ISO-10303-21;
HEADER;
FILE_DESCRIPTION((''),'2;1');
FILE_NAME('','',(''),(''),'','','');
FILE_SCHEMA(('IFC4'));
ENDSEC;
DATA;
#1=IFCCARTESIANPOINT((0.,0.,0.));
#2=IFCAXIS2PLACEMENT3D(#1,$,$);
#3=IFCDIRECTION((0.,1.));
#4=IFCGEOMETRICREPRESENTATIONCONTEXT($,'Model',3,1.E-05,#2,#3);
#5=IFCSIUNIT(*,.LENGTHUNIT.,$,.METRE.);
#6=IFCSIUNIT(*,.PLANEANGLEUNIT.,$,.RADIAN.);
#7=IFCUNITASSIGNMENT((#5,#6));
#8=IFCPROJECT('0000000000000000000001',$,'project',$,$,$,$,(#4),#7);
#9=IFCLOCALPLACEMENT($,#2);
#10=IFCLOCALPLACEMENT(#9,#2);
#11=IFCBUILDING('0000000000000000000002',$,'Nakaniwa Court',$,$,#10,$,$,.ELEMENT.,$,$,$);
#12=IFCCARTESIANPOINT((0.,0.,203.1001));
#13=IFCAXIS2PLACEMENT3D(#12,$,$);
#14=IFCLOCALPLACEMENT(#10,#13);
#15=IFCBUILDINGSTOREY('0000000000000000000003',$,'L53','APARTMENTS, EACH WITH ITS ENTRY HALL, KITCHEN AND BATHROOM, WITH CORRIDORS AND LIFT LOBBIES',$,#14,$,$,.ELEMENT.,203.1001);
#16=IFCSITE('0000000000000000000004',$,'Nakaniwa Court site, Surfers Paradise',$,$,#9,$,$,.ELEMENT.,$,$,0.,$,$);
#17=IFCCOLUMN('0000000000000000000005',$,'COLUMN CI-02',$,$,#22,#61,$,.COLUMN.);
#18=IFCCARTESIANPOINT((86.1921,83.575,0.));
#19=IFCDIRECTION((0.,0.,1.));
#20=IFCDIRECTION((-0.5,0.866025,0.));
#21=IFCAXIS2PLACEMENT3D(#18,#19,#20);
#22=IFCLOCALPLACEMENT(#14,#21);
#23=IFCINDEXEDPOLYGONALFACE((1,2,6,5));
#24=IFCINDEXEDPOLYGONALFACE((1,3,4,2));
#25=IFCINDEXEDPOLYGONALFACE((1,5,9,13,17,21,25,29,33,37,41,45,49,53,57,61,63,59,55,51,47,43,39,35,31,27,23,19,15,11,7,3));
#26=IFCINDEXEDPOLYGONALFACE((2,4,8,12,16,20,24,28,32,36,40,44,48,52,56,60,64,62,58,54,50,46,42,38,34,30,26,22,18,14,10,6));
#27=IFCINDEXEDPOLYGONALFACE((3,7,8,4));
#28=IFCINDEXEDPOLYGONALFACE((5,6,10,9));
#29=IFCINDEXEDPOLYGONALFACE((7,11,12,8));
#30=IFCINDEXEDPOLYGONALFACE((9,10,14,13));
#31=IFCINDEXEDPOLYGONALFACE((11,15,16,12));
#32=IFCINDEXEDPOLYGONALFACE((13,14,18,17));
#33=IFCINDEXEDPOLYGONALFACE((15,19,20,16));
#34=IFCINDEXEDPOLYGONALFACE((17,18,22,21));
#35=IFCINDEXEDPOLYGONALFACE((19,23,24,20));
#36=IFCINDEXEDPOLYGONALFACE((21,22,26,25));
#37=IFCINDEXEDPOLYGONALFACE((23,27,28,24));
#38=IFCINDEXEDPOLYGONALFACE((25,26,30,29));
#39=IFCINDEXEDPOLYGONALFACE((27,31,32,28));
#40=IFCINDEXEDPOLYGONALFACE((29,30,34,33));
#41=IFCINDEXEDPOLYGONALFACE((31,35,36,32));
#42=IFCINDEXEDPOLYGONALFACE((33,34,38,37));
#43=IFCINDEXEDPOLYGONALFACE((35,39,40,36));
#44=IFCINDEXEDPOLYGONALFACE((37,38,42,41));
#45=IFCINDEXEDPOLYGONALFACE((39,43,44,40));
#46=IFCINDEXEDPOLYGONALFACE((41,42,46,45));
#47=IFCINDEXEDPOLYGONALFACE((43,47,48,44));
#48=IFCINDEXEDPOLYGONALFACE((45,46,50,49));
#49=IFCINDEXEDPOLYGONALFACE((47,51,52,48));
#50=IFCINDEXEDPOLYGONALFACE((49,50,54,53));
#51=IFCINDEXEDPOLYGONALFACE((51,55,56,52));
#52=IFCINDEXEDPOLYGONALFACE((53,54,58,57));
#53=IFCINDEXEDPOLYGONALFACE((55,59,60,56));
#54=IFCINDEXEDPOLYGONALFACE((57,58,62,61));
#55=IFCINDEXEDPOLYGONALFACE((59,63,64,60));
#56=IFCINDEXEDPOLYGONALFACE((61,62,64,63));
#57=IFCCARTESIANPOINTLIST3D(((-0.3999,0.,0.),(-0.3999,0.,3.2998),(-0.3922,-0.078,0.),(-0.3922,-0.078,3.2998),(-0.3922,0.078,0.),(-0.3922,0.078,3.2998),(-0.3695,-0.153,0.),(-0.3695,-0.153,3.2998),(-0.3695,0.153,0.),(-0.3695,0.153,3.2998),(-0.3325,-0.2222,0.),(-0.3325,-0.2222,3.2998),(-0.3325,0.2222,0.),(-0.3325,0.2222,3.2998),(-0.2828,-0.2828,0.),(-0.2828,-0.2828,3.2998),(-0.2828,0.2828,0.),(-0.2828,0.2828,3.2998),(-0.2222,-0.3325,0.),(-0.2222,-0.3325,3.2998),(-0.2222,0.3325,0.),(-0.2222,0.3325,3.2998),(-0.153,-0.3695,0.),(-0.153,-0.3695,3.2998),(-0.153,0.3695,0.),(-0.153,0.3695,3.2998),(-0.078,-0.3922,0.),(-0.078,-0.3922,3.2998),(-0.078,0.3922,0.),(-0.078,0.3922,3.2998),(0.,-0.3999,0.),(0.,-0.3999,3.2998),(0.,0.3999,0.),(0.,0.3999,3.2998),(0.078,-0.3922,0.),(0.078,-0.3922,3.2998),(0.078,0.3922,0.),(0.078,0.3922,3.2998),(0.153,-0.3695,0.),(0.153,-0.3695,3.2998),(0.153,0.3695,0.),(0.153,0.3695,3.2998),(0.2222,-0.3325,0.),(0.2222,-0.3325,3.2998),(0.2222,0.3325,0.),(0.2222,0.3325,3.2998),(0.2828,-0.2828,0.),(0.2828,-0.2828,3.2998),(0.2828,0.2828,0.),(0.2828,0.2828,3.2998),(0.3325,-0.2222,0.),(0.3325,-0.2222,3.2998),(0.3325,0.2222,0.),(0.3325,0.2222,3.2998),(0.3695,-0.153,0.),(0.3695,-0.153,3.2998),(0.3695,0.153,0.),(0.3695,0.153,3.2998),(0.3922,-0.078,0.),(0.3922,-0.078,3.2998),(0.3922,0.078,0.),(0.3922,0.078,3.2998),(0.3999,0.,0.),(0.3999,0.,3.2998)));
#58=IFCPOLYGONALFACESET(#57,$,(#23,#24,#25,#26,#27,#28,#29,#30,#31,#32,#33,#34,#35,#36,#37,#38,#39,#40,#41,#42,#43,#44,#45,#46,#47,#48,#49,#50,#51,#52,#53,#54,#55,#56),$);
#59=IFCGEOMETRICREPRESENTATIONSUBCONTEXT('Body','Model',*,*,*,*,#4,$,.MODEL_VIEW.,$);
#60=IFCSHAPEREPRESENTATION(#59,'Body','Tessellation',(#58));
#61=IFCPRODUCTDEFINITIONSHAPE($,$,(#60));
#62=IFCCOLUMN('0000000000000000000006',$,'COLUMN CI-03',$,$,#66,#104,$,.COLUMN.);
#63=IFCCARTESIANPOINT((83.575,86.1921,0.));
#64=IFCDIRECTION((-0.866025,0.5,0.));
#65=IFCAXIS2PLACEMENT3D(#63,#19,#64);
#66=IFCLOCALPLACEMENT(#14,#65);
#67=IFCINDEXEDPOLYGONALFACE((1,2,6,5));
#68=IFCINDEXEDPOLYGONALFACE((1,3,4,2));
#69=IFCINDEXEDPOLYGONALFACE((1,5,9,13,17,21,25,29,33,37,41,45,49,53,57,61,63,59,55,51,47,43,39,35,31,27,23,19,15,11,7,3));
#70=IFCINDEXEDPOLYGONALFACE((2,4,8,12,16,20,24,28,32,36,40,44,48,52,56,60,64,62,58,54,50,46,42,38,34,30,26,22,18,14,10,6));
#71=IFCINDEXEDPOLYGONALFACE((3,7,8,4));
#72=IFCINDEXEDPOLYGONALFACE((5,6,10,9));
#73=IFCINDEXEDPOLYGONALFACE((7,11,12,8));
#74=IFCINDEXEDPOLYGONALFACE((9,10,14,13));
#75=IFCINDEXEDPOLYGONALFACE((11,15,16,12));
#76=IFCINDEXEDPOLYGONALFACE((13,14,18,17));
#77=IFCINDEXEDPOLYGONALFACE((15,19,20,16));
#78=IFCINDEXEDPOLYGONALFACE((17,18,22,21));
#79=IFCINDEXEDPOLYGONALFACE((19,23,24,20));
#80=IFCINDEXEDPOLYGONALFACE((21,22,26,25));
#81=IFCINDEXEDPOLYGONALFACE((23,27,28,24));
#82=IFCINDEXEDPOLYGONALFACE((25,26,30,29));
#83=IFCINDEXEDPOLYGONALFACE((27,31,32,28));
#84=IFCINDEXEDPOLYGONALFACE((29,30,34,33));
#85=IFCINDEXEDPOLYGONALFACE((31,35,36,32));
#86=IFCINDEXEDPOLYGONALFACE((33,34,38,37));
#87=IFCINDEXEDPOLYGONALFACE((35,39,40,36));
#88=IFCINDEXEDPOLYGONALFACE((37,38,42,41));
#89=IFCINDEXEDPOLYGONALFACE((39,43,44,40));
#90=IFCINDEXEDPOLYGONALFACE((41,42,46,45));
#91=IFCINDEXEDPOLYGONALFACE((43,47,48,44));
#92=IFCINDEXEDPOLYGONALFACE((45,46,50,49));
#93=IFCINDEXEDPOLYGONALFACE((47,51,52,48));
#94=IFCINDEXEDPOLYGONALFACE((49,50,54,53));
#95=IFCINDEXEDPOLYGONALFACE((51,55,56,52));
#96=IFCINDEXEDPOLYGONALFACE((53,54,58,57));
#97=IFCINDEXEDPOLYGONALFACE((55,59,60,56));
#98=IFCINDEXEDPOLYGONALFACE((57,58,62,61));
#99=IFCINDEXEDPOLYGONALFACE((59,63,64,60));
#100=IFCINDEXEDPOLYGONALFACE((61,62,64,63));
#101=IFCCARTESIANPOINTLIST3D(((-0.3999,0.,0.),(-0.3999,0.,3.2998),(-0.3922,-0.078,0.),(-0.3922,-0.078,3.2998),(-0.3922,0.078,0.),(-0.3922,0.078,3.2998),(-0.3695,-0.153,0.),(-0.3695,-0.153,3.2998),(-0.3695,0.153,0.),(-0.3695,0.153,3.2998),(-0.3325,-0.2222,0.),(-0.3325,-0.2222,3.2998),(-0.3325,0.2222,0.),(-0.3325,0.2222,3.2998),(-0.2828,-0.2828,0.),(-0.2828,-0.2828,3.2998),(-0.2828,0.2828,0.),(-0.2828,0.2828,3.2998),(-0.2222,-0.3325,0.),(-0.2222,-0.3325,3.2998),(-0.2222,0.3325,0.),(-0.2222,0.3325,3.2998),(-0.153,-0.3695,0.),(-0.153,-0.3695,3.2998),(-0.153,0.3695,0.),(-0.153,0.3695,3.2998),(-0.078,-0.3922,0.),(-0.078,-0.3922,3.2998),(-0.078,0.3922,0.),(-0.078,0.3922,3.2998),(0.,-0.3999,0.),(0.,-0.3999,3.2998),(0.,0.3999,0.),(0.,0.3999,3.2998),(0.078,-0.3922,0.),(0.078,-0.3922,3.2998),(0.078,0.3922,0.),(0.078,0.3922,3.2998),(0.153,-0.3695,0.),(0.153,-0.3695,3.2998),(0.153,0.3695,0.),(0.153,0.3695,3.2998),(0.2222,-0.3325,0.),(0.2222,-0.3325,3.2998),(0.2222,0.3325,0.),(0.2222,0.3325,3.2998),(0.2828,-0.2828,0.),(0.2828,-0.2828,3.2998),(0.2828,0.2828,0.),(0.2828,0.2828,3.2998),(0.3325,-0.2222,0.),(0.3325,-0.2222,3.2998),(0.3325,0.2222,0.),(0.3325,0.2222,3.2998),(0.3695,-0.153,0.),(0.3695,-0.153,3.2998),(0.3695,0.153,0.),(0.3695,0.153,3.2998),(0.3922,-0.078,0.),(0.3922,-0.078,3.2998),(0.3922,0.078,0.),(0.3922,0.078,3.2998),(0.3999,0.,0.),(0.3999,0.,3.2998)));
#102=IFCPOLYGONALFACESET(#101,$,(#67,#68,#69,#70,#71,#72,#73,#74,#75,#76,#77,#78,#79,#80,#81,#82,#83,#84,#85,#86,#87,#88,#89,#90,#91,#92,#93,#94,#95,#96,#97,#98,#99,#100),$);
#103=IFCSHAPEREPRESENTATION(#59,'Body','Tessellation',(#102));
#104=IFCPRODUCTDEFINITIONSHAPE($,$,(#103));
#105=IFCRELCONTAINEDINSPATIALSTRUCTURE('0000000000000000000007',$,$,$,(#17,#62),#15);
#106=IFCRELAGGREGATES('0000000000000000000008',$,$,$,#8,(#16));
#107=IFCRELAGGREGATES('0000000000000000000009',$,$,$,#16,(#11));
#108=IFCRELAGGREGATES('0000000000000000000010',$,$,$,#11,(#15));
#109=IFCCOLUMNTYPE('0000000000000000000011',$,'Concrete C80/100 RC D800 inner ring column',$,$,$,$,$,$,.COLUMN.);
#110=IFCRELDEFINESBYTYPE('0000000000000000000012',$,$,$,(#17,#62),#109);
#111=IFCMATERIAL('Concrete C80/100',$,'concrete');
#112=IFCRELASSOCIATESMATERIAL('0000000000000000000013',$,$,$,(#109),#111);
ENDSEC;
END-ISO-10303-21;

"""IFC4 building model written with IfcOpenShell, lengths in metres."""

from ifc_helpers import new_model, si_unit, direction, frame, origin, origin_2d, place, context, subcontext, project, spatial, circle, extrude, material, material_profile, profile_set, type_object, element, save


model = new_model("IFC4")

# Units and contexts
model_context = context("Model", 3, precision=1e-05, world=origin(), true_north=direction((0.0, 1.0)))
body_context = subcontext(model_context, "Body", "Model", "MODEL_VIEW")
ifc_project = project(units=[si_unit("LENGTHUNIT", "METRE"), si_unit("PLANEANGLEUNIT", "RADIAN")], contexts=[model_context])

# Site, building, storey
site_placement = place(None, origin())
site = spatial("IfcSite", under=ifc_project, at=site_placement, Name="Nakaniwa Court site, Surfers Paradise", CompositionType="ELEMENT", RefElevation=0.0)
building_placement = place(site_placement, origin())
building = spatial("IfcBuilding", under=site, at=building_placement, Name="Nakaniwa Court", CompositionType="ELEMENT")
storey_placement = place(building_placement, frame((0.0, 0.0, 203.1001)))
storey = spatial("IfcBuildingStorey", under=building, at=storey_placement, Name="L53", Description="APARTMENTS, EACH WITH ITS ENTRY HALL, KITCHEN AND BATHROOM, WITH CORRIDORS AND LIFT LOBBIES", CompositionType="ELEMENT", Elevation=203.1001)

# Columns
ifc_material_1 = material(Name="Concrete C80/100", Category="concrete")
ifc_material_profile_1 = material_profile(ifc_material_1, circle(Radius=0.3999, at=origin_2d()), Name="Concrete C80/100 RC D800 inner ring column")
ifc_profile_set_1 = profile_set([ifc_material_profile_1], Name="Concrete C80/100")
column_type = type_object("IfcColumnType", Name="Concrete C80/100 RC D800 inner ring column", PredefinedType="COLUMN", material=ifc_profile_set_1)
for number, where, z_axis, x_axis, name in (
    (1, (86.1921, 83.575, 0.0), (0.0, 0.0, 1.0), (-0.5, 0.866025, 0.0), "COLUMN CI-02"),
    (2, (83.575, 86.1921, 0.0), (0.0, 0.0, 1.0), (-0.866025, 0.5, 0.0), "COLUMN CI-03"),
):
    element("IfcColumn", number, at=place(storey_placement, frame(where, z_axis=z_axis, x_axis=x_axis)), inside=storey, type_object=column_type, Name=name, PredefinedType="COLUMN", context=body_context, shape_type="SweptSolid", body=[
        extrude(circle(Radius=0.3999, at=origin_2d()), origin(), (0.0, 0.0, 1.0), 3.2998),
    ])

save(model, "model.ifc")
